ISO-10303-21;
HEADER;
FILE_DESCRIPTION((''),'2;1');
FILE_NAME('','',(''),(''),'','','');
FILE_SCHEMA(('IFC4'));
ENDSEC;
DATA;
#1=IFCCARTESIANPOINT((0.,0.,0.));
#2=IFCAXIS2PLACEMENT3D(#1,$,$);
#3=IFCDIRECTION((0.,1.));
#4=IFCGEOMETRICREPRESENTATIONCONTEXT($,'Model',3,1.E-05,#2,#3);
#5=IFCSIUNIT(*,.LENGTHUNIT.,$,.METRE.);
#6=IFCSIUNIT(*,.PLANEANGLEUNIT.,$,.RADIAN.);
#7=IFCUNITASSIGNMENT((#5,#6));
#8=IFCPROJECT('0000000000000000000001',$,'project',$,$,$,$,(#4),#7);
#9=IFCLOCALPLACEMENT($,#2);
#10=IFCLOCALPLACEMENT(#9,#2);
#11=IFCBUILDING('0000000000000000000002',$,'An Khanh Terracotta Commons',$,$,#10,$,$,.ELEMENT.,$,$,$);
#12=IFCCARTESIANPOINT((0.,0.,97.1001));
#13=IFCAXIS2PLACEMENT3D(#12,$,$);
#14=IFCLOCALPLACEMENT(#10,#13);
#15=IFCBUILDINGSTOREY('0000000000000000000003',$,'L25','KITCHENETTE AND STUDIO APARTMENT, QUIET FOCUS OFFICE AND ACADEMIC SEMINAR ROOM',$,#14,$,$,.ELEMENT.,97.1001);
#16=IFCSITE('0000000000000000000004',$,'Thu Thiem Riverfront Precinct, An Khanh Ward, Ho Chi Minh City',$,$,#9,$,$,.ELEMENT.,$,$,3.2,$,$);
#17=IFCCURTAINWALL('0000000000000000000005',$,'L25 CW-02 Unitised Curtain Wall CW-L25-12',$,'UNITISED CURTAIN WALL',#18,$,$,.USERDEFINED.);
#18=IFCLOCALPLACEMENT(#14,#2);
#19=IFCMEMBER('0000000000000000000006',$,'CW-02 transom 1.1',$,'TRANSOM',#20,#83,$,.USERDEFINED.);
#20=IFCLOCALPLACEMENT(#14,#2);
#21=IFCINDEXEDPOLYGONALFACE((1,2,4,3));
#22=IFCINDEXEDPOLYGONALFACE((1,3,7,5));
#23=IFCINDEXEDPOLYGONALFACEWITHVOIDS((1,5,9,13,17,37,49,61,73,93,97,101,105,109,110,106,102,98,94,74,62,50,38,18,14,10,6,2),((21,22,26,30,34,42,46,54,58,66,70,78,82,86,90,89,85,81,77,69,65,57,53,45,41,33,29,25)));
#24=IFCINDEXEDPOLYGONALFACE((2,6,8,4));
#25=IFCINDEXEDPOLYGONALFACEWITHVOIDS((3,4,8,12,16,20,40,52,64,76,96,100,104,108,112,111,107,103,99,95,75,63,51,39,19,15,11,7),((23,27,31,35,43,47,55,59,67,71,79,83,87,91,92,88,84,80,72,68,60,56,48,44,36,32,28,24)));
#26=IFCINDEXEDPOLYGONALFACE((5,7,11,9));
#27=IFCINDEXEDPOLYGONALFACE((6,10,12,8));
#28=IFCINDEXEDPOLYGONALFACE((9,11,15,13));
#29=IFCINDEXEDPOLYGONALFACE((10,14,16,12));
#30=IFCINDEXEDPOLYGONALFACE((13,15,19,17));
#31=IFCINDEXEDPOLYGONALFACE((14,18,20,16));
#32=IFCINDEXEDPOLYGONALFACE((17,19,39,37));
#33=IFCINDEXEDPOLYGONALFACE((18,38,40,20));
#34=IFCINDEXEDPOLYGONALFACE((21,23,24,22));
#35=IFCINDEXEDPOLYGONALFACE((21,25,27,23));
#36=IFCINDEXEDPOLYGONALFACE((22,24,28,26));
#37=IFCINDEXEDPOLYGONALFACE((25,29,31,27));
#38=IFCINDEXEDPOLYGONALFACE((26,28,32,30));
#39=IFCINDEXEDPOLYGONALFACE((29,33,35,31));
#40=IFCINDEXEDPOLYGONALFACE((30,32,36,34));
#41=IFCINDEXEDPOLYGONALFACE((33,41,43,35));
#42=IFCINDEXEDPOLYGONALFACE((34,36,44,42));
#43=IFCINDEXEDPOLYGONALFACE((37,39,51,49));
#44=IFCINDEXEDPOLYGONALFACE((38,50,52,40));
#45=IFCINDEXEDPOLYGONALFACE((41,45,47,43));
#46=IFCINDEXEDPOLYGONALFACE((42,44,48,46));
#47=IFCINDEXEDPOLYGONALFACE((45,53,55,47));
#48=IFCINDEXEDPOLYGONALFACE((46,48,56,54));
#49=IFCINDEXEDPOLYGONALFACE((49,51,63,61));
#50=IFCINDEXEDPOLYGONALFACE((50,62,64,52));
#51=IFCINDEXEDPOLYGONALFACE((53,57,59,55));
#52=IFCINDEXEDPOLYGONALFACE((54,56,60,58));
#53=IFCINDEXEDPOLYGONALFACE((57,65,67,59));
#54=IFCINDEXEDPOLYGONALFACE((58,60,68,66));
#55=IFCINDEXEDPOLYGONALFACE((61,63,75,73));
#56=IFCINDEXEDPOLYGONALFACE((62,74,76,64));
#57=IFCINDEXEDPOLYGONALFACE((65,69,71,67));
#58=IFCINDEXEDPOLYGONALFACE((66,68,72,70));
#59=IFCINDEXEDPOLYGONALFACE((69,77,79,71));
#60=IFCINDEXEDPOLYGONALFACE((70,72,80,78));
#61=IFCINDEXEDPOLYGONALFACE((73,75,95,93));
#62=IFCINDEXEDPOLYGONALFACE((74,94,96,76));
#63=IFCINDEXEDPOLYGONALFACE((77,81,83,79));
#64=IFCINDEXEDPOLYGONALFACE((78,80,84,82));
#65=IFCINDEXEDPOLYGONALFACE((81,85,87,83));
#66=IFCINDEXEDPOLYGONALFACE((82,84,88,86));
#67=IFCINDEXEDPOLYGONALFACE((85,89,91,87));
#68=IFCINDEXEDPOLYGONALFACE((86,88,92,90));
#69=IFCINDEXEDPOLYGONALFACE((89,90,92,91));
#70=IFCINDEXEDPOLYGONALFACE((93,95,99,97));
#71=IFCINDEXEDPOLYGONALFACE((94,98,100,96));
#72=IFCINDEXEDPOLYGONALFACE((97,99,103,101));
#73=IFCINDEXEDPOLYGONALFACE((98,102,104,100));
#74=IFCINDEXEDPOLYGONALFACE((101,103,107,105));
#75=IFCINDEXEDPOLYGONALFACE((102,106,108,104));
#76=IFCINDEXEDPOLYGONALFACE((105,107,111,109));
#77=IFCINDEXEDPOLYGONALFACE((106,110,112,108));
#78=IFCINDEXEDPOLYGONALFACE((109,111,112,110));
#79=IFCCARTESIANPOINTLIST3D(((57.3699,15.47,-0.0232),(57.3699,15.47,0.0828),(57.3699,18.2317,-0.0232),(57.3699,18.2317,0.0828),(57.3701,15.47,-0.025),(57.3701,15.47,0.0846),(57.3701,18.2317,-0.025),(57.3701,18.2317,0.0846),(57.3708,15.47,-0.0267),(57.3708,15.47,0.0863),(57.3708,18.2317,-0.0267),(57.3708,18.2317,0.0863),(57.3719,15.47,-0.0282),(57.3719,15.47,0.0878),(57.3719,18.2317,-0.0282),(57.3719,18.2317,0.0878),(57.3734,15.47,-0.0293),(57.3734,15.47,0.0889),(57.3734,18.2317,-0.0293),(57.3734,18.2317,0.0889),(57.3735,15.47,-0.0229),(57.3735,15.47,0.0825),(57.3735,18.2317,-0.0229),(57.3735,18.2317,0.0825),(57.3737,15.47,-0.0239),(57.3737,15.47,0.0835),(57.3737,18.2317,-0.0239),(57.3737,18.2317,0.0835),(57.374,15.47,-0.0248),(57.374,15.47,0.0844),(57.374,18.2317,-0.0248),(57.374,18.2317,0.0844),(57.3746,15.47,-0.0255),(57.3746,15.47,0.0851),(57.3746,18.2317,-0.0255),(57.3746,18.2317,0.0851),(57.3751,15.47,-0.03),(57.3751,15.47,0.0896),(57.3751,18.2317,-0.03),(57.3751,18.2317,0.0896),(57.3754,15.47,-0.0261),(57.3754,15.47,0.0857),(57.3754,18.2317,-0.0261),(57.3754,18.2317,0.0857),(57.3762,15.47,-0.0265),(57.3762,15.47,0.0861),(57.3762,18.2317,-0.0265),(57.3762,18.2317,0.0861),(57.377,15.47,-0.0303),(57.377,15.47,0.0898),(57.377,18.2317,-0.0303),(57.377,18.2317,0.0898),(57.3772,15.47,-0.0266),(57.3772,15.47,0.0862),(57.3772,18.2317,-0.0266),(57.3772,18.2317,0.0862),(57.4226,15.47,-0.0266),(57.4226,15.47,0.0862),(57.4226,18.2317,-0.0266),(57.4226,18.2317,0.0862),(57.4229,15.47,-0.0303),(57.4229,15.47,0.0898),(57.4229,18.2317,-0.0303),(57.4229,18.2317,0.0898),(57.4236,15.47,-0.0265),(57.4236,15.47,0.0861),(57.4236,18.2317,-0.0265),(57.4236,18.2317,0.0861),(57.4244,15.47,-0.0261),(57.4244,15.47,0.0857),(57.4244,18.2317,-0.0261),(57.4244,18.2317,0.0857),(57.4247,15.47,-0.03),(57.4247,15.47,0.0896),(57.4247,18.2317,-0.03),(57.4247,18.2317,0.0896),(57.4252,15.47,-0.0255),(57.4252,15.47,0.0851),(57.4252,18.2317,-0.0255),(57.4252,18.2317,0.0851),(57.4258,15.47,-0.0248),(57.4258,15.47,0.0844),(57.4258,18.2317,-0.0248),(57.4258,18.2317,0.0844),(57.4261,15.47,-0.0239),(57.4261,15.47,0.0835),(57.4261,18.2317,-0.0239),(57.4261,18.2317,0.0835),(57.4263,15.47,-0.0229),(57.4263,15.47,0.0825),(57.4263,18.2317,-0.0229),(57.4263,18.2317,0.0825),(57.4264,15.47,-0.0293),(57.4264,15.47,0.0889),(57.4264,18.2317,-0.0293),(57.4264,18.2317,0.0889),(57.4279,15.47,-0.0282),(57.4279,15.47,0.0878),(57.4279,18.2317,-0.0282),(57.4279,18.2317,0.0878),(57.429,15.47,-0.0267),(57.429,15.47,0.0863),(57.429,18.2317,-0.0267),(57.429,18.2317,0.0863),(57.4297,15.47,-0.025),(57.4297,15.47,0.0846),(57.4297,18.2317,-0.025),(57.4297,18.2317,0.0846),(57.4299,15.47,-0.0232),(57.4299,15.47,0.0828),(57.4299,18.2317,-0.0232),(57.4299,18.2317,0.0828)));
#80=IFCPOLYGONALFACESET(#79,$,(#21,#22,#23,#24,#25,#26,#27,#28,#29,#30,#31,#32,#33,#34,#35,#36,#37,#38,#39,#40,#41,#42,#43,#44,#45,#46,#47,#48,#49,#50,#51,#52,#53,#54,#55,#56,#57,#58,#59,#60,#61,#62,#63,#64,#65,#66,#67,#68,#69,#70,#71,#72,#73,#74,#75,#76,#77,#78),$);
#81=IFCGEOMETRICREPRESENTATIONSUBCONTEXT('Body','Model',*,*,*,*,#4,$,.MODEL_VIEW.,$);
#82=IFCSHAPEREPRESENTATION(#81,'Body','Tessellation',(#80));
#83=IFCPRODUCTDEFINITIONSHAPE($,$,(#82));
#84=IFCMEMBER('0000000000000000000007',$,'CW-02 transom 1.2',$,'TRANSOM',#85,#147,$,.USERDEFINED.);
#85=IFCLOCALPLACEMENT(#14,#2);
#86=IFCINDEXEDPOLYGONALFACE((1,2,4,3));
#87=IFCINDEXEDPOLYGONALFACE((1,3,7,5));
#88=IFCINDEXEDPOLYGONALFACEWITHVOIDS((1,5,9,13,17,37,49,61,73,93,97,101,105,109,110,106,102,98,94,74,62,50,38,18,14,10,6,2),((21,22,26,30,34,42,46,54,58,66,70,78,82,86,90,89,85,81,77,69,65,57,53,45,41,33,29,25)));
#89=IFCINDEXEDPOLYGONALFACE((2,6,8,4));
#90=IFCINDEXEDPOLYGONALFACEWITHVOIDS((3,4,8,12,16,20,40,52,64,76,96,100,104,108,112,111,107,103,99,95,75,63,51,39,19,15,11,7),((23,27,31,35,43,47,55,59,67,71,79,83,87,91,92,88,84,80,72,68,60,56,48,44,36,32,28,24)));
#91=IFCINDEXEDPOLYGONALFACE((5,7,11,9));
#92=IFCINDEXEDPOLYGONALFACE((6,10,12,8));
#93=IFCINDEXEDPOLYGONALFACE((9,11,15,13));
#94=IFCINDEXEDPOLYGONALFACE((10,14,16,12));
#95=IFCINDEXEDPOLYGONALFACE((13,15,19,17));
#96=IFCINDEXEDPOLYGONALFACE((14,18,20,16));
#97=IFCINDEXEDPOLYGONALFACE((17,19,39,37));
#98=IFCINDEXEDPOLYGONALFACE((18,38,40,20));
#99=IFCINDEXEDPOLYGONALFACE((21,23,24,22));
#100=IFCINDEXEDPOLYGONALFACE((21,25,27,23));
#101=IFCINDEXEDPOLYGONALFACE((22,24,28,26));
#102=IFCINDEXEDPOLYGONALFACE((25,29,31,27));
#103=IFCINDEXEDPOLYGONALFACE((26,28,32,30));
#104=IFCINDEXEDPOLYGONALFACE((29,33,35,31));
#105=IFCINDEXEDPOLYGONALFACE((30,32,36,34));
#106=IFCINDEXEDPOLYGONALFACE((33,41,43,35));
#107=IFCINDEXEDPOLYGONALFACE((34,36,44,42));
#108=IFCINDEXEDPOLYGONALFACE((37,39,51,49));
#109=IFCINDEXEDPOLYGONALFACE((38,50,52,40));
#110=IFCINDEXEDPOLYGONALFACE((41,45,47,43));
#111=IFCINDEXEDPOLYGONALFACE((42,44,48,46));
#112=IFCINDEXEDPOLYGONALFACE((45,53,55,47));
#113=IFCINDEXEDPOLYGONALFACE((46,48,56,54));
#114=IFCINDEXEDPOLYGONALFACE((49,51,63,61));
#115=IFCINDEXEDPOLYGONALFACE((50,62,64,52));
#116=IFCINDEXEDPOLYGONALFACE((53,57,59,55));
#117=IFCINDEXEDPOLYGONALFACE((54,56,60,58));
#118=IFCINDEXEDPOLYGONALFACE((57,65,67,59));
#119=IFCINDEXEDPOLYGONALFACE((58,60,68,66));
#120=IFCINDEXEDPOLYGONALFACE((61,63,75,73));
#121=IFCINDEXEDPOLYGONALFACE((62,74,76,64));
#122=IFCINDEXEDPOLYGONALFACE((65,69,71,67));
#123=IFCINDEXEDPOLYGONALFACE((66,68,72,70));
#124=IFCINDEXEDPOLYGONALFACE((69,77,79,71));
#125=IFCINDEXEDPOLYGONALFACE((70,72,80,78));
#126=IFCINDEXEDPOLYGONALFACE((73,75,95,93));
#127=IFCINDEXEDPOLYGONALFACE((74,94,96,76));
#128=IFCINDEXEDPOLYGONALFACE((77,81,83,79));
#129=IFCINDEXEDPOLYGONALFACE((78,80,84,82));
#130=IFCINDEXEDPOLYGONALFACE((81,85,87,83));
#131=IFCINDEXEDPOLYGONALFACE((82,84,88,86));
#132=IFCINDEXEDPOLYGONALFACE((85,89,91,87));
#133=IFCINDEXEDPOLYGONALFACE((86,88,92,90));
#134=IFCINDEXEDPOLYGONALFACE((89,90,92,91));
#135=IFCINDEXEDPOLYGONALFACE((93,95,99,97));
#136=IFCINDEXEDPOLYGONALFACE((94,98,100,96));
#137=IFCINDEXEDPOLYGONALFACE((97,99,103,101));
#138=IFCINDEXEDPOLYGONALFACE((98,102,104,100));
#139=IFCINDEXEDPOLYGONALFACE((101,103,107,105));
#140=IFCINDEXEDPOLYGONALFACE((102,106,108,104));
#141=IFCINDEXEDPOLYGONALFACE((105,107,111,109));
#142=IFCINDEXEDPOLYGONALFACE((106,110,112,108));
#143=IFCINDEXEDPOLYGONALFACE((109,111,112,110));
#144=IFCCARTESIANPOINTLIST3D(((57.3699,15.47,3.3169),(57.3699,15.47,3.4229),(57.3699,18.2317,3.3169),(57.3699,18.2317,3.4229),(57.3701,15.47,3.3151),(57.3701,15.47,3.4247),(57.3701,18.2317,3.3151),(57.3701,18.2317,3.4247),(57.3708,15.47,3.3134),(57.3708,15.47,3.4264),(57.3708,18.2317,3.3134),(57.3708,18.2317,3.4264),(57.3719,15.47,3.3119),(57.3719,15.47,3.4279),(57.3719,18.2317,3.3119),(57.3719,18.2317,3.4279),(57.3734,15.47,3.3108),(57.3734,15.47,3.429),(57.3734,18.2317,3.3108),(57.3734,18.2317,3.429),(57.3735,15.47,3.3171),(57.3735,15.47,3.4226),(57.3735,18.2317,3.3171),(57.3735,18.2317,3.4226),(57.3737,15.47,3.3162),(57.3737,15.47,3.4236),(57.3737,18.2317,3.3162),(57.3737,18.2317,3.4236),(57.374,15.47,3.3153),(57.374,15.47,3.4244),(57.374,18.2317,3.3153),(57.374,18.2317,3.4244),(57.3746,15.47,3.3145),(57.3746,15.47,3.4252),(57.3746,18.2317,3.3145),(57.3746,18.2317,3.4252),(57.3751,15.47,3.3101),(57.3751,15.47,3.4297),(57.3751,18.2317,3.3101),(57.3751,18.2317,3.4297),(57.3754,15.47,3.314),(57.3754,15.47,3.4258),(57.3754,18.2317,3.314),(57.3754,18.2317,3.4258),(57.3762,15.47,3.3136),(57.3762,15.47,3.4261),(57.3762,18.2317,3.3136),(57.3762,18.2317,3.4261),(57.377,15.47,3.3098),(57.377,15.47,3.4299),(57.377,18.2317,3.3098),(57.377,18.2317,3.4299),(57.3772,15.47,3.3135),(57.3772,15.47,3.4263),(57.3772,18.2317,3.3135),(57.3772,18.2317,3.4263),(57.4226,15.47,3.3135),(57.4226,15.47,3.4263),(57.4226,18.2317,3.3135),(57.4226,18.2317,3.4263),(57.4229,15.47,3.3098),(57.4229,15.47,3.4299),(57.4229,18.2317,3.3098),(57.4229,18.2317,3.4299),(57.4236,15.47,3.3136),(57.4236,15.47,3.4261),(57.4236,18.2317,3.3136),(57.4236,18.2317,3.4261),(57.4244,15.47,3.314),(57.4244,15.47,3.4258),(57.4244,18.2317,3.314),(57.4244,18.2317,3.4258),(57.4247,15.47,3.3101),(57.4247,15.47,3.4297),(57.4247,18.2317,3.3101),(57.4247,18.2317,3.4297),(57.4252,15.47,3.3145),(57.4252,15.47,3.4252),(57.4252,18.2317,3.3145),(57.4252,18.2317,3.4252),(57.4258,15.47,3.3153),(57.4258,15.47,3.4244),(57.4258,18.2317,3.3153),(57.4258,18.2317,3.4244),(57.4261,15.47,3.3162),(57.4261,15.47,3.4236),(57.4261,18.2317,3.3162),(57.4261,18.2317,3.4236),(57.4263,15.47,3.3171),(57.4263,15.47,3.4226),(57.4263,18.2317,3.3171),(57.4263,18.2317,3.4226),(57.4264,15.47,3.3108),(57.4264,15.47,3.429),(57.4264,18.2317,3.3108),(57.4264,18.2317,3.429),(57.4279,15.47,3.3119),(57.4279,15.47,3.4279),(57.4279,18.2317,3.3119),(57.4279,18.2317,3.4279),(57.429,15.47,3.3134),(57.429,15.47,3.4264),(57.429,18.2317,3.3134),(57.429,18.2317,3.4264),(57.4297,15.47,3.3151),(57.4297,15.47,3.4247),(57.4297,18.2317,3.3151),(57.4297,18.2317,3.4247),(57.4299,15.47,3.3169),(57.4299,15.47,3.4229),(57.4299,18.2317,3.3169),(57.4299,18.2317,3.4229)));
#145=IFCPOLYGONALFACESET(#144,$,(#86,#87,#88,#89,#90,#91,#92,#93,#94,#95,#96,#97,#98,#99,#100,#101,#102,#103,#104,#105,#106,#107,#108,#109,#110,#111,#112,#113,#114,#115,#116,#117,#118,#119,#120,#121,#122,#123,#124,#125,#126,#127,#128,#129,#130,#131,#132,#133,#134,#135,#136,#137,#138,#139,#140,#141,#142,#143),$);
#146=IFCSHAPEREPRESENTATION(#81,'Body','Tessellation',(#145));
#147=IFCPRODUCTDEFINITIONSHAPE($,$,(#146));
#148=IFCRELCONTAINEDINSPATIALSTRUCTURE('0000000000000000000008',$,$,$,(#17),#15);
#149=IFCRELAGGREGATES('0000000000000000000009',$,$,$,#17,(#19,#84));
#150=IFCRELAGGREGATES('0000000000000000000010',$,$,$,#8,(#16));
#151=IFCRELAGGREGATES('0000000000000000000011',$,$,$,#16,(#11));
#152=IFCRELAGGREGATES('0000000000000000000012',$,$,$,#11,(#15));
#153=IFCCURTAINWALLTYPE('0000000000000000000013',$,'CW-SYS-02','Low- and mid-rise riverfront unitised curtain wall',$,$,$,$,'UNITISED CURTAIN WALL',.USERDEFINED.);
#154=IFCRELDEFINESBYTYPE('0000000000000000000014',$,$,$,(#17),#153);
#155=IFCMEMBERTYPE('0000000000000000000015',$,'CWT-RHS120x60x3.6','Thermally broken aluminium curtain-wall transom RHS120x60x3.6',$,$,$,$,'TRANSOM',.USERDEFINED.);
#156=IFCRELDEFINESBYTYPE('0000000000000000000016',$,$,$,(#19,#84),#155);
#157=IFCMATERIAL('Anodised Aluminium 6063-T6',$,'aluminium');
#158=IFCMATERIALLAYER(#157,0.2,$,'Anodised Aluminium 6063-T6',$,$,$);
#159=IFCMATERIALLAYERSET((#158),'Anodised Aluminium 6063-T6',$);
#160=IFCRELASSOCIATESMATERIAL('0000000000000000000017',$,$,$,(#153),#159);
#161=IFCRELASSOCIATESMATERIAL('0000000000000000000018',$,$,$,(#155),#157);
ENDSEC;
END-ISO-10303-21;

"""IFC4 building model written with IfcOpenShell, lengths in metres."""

from ifc_helpers import new_model, si_unit, direction, frame, origin, origin_2d, place, context, subcontext, project, spatial, hollow_rectangle, extrude, material, layer, layer_set, material_profile, profile_set, type_object, element, aggregate, save


model = new_model("IFC4")

# Units and contexts
model_context = context("Model", 3, precision=1e-05, world=origin(), true_north=direction((0.0, 1.0)))
body_context = subcontext(model_context, "Body", "Model", "MODEL_VIEW")
ifc_project = project(units=[si_unit("LENGTHUNIT", "METRE"), si_unit("PLANEANGLEUNIT", "RADIAN")], contexts=[model_context])

# Site, building, storey
site_placement = place(None, origin())
site = spatial("IfcSite", under=ifc_project, at=site_placement, Name="Thu Thiem Riverfront Precinct, An Khanh Ward, Ho Chi Minh City", CompositionType="ELEMENT", RefElevation=3.2)
building_placement = place(site_placement, origin())
building = spatial("IfcBuilding", under=site, at=building_placement, Name="An Khanh Terracotta Commons", CompositionType="ELEMENT")
storey_placement = place(building_placement, frame((0.0, 0.0, 97.1001)))
storey = spatial("IfcBuildingStorey", under=building, at=storey_placement, Name="L25", Description="KITCHENETTE AND STUDIO APARTMENT, QUIET FOCUS OFFICE AND ACADEMIC SEMINAR ROOM", CompositionType="ELEMENT", Elevation=97.1001)

# Curtain wall
ifc_material_1 = material(Name="Anodised Aluminium 6063-T6", Category="aluminium")
ifc_layer_1 = layer(ifc_material_1, 0.2, Name="Anodised Aluminium 6063-T6")
ifc_layer_set_1 = layer_set([ifc_layer_1], Name="Anodised Aluminium 6063-T6")
curtain_wall_type = type_object("IfcCurtainWallType", Name="CW-SYS-02", Description="Low- and mid-rise riverfront unitised curtain wall", ElementType="UNITISED CURTAIN WALL", PredefinedType="USERDEFINED", material=ifc_layer_set_1)
curtain_wall_1_placement = place(storey_placement, origin())
curtain_wall_1 = element("IfcCurtainWall", 1, at=curtain_wall_1_placement, inside=storey, type_object=curtain_wall_type, Name="L25 CW-02 Unitised Curtain Wall CW-L25-12", ObjectType="UNITISED CURTAIN WALL", PredefinedType="USERDEFINED")

# Members
ifc_material_profile_1 = material_profile(ifc_material_1, hollow_rectangle(XDim=0.0601, YDim=0.1201, WallThickness=0.0037, InnerFilletRadius=0.0037, OuterFilletRadius=0.0071, at=origin_2d()), Name="RHS120x60x3.6")
ifc_profile_set_1 = profile_set([ifc_material_profile_1], Name="Anodised Aluminium 6063-T6")
member_type_1 = type_object("IfcMemberType", Name="CWT-RHS120x60x3.6", Description="Thermally broken aluminium curtain-wall transom RHS120x60x3.6", ElementType="TRANSOM", PredefinedType="USERDEFINED", material=ifc_profile_set_1)
member_1_placement = place(storey_placement, frame((57.3999, 15.47, 0.0298), z_axis=(0.0, 1.0, 0.0), x_axis=(-1.0, 0.0, 0.0)))
member_1 = element("IfcMember", 2, at=member_1_placement, type_object=member_type_1, Name="CW-02 transom 1.1", ObjectType="TRANSOM", PredefinedType="USERDEFINED", context=body_context, shape_type="SweptSolid", body=[
    extrude(hollow_rectangle(XDim=0.0601, YDim=0.1201, WallThickness=0.0037, InnerFilletRadius=0.0037, OuterFilletRadius=0.0071, at=origin_2d()), origin(), (0.0, 0.0, 1.0), 2.7617),
])
member_2_placement = place(storey_placement, frame((57.3999, 15.47, 3.3699), z_axis=(0.0, 1.0, 0.0), x_axis=(-1.0, 0.0, 0.0)))
member_2 = element("IfcMember", 3, at=member_2_placement, type_object=member_type_1, Name="CW-02 transom 1.2", ObjectType="TRANSOM", PredefinedType="USERDEFINED", context=body_context, shape_type="SweptSolid", body=[
    extrude(hollow_rectangle(XDim=0.0601, YDim=0.1201, WallThickness=0.0037, InnerFilletRadius=0.0037, OuterFilletRadius=0.0071, at=origin_2d()), origin(), (0.0, 0.0, 1.0), 2.7617),
])

aggregate(curtain_wall_1, [member_1, member_2])

save(model, "model.ifc")
